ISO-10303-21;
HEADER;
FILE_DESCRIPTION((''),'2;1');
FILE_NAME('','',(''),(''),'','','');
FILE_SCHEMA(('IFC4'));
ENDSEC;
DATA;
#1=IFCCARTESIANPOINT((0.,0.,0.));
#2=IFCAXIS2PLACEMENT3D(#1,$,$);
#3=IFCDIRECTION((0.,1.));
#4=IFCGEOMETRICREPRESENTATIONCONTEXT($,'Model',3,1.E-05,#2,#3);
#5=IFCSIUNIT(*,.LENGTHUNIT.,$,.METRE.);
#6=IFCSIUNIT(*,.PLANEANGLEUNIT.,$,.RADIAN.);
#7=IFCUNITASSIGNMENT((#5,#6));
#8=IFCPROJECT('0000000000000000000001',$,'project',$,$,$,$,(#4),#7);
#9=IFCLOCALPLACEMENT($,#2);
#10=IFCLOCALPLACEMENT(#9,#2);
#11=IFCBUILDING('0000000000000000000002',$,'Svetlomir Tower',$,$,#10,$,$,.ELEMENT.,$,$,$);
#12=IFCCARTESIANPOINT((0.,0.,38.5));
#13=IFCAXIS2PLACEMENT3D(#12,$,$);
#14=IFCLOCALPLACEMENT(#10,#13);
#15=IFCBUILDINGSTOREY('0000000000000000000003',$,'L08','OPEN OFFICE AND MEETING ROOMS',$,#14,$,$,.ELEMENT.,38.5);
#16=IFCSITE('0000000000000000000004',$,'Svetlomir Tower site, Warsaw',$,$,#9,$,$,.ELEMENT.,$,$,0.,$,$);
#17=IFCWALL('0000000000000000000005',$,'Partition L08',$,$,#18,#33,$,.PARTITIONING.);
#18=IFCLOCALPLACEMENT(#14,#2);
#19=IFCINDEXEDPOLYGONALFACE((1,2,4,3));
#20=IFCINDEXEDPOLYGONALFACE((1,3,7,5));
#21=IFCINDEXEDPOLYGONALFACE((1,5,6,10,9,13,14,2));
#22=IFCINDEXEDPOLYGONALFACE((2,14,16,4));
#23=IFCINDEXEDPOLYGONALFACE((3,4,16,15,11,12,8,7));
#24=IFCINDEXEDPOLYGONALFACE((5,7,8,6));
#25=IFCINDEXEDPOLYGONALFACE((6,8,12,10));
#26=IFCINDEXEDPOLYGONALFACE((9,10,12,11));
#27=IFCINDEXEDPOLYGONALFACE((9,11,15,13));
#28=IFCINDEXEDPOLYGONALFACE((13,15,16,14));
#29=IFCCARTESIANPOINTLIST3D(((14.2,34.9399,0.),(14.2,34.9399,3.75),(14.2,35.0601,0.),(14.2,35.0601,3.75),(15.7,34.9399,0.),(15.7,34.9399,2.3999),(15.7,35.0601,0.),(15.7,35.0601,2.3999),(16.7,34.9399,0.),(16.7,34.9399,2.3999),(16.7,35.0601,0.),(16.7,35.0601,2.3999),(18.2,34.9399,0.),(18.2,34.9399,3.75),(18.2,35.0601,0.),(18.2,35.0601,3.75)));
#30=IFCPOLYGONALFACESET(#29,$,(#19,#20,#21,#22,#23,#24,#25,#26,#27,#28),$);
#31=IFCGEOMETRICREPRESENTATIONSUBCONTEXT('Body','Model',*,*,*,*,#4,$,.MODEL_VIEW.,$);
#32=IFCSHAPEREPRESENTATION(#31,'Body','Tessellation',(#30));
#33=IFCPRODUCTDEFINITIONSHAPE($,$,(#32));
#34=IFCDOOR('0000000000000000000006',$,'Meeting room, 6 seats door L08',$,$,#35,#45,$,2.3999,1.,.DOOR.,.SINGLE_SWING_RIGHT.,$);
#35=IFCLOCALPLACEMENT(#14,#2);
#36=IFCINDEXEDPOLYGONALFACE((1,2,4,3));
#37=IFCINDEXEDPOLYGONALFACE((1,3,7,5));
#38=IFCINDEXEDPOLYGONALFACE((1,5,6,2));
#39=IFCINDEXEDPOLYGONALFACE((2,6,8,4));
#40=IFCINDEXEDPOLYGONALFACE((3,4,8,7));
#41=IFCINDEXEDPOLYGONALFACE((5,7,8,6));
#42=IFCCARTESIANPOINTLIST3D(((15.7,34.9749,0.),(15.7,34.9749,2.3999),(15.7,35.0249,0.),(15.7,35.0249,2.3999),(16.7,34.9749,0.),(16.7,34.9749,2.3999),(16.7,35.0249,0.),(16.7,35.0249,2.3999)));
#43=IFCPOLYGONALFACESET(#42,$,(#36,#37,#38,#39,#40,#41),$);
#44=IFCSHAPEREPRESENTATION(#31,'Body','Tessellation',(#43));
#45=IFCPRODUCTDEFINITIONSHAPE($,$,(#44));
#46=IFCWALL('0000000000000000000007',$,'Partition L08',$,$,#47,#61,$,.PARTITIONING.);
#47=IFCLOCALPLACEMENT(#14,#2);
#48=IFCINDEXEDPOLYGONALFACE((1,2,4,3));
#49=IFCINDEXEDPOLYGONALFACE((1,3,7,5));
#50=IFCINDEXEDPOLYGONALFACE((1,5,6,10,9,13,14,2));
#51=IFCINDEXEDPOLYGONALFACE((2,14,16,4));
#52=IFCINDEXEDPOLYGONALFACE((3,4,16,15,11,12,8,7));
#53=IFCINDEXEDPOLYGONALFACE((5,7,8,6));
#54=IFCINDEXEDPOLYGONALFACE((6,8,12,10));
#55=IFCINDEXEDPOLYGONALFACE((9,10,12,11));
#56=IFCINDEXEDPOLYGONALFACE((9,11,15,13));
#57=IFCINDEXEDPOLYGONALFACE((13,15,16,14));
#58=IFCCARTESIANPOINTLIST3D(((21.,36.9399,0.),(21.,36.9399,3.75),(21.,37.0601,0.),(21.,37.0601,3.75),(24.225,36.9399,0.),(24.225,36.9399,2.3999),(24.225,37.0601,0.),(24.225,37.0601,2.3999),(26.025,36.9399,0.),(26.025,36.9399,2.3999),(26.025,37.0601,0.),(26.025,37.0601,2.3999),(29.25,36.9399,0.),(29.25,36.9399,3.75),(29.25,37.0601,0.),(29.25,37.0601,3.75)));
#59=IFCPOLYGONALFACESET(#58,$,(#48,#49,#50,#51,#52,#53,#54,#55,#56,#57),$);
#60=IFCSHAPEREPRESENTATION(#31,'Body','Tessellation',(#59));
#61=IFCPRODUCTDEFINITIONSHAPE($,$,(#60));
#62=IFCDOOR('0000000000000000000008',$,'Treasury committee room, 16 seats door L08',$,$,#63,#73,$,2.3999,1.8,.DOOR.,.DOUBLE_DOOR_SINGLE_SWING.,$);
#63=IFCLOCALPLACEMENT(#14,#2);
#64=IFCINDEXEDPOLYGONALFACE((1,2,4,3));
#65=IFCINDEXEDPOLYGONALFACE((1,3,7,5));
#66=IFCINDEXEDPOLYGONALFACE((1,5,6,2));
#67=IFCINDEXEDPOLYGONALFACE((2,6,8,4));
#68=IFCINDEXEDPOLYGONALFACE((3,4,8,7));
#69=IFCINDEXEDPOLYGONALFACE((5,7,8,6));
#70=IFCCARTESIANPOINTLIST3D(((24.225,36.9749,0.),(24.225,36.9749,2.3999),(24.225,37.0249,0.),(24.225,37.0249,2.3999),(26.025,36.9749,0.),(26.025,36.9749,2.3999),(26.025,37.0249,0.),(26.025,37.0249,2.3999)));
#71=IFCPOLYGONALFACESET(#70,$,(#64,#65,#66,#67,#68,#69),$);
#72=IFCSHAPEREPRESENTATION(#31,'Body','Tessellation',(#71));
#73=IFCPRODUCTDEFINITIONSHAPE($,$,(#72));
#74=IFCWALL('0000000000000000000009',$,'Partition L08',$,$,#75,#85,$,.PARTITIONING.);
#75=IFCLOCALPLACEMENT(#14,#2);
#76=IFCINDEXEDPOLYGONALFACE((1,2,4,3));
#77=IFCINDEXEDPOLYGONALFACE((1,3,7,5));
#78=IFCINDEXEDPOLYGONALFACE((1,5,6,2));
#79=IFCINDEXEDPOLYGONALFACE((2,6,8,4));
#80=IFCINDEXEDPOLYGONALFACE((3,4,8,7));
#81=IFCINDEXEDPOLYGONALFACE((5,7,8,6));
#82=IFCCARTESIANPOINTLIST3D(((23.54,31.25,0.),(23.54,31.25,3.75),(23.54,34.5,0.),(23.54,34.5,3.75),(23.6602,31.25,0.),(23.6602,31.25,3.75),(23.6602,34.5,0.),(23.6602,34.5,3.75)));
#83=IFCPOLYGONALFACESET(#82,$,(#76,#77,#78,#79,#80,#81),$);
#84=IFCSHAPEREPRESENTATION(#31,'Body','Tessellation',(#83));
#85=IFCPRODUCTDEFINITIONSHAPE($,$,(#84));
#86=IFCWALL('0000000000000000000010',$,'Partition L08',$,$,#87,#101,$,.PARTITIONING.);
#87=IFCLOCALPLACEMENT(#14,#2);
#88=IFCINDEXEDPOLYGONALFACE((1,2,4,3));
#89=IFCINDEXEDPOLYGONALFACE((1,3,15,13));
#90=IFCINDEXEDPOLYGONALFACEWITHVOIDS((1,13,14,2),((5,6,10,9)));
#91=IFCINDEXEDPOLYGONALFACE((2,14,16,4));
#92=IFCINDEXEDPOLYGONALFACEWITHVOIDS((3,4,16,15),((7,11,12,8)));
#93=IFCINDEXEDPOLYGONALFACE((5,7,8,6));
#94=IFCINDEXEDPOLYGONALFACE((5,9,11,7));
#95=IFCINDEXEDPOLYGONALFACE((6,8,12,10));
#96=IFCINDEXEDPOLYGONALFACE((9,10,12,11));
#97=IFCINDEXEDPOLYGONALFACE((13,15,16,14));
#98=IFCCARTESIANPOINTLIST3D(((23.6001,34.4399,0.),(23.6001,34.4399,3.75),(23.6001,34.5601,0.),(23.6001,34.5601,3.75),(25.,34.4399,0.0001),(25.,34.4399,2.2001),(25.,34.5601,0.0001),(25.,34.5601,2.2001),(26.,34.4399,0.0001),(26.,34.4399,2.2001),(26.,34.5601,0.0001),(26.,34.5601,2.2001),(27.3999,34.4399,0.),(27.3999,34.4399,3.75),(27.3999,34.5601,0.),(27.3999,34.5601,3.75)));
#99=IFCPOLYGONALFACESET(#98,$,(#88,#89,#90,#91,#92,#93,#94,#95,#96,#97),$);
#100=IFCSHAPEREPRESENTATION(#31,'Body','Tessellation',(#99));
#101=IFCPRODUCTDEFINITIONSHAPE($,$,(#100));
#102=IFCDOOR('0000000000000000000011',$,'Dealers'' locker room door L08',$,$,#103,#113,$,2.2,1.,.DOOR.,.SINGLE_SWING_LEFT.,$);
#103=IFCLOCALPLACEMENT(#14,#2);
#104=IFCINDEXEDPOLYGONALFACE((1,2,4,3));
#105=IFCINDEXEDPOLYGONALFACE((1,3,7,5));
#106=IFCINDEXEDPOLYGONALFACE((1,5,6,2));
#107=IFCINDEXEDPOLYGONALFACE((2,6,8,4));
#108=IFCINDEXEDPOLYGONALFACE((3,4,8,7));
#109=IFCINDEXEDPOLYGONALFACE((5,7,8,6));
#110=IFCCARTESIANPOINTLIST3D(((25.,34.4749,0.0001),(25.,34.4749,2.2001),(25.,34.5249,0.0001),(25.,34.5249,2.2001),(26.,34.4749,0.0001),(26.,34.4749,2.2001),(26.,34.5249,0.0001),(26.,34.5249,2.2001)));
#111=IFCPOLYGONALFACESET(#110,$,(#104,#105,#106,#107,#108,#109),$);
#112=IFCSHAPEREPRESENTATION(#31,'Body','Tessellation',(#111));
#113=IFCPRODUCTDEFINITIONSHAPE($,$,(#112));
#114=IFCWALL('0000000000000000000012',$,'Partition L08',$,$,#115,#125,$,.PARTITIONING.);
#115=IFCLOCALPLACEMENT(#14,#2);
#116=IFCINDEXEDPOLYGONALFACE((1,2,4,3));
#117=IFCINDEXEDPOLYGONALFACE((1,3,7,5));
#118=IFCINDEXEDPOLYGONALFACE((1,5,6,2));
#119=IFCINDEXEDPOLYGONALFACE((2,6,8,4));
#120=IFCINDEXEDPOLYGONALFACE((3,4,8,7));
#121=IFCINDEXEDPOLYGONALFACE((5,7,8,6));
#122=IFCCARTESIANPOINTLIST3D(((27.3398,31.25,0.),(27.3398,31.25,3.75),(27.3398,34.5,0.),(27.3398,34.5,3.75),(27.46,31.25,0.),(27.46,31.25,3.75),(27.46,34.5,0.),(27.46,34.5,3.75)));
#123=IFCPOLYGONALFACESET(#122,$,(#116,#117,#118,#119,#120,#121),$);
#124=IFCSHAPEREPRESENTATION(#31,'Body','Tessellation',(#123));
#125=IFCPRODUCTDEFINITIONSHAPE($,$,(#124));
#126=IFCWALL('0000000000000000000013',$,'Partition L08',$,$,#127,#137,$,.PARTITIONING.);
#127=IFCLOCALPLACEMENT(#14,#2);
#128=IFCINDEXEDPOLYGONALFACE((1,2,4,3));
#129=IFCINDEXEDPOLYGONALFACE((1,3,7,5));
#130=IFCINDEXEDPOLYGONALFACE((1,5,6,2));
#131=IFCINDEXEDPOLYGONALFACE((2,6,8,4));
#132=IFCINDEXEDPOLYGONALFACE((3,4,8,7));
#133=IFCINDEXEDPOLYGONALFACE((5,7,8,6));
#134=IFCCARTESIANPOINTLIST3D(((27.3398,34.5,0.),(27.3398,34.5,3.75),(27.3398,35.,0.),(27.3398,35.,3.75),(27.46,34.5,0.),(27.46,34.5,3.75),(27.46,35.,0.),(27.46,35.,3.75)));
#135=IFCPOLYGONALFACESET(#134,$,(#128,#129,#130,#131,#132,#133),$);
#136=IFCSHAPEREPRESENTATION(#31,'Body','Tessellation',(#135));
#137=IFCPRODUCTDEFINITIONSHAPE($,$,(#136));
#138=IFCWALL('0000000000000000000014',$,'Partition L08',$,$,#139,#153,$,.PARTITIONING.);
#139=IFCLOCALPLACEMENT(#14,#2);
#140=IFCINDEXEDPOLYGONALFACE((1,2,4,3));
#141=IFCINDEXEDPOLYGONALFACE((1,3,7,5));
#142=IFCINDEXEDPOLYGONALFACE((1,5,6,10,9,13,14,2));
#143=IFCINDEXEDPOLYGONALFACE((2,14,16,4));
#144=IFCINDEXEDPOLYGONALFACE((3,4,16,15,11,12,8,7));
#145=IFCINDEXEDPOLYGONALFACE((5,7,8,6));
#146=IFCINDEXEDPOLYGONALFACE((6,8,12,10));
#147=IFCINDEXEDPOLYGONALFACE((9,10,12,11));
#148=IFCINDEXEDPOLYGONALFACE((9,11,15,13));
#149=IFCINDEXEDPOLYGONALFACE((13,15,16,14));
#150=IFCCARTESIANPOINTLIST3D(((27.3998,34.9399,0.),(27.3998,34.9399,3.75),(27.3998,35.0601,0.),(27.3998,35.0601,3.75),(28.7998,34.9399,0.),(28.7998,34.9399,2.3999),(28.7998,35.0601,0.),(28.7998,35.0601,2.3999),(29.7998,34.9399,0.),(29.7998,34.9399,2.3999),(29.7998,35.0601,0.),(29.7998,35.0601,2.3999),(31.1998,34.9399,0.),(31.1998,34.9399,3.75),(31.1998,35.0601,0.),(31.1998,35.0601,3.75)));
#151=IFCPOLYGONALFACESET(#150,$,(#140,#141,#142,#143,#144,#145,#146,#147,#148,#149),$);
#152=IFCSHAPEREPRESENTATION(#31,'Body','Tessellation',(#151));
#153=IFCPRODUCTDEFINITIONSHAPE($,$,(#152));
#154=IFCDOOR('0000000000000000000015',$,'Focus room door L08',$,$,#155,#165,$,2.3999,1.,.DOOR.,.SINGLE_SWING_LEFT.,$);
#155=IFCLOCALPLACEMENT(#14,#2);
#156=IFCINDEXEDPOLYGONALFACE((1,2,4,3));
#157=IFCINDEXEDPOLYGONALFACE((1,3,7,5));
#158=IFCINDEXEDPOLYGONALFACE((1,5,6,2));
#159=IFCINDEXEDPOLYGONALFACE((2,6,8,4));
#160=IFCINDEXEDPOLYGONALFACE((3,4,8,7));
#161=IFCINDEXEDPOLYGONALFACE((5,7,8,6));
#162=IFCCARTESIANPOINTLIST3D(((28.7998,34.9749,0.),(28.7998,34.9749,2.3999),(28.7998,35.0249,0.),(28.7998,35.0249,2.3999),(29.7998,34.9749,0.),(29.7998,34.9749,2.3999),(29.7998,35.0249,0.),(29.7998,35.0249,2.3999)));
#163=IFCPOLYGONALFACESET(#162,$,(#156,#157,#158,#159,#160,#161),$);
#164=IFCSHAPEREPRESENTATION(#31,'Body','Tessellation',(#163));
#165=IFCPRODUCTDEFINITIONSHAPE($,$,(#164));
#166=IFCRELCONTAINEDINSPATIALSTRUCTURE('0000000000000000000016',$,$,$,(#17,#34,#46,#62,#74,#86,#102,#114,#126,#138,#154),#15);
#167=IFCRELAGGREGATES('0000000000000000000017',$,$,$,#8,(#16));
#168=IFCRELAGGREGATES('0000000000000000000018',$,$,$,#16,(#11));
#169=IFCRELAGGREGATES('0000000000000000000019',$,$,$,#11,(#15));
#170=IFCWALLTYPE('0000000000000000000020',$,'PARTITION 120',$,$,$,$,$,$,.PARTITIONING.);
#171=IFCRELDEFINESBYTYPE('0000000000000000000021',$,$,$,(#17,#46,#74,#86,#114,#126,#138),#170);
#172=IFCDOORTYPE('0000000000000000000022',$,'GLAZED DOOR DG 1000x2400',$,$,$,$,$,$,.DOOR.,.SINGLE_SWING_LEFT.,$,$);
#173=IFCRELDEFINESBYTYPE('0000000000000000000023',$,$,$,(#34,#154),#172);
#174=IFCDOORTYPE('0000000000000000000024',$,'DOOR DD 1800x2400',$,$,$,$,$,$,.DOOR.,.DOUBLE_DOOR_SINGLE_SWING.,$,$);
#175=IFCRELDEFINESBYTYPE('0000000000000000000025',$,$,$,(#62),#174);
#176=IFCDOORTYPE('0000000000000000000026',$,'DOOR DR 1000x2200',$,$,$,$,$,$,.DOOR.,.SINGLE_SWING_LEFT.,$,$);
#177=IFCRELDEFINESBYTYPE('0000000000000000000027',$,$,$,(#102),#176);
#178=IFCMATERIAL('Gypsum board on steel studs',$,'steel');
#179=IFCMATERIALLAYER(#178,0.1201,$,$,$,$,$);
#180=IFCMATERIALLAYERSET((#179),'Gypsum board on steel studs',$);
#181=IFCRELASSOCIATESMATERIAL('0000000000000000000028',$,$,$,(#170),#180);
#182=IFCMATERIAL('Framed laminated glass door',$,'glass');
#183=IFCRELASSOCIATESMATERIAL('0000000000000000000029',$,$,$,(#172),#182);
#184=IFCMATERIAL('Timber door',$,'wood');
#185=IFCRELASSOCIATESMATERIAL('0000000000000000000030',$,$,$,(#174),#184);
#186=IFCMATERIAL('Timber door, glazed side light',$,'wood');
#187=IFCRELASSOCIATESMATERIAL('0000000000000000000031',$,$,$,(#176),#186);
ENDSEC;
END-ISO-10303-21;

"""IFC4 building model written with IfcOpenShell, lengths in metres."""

from ifc_helpers import new_model, si_unit, direction, frame, frame_2d, origin, place, context, subcontext, project, spatial, rectangle, extrude, material, layer, layer_set, type_object, element, fill, save


model = new_model("IFC4")

# Units and contexts
model_context = context("Model", 3, precision=1e-05, world=origin(), true_north=direction((0.0, 1.0)))
body_context = subcontext(model_context, "Body", "Model", "MODEL_VIEW")
ifc_project = project(units=[si_unit("LENGTHUNIT", "METRE"), si_unit("PLANEANGLEUNIT", "RADIAN")], contexts=[model_context])

# Site, building, storey
site_placement = place(None, origin())
site = spatial("IfcSite", under=ifc_project, at=site_placement, Name="Svetlomir Tower site, Warsaw", CompositionType="ELEMENT", RefElevation=0.0)
building_placement = place(site_placement, origin())
building = spatial("IfcBuilding", under=site, at=building_placement, Name="Svetlomir Tower", CompositionType="ELEMENT")
storey_placement = place(building_placement, frame((0.0, 0.0, 38.5)))
storey = spatial("IfcBuildingStorey", under=building, at=storey_placement, Name="L08", Description="OPEN OFFICE AND MEETING ROOMS", CompositionType="ELEMENT", Elevation=38.5)

# Shared definitions
ifc_material_1 = material(Name="Gypsum board on steel studs", Category="steel")
ifc_layer_1 = layer(ifc_material_1, 0.1201)
ifc_layer_set_1 = layer_set([ifc_layer_1], Name="Gypsum board on steel studs")
wall_type_1 = type_object("IfcWallType", Name="PARTITION 120", PredefinedType="PARTITIONING", material=ifc_layer_set_1)

# Walls, openings, doors
wall_1_placement = place(storey_placement, frame((14.2, 35.0, 0.0), z_axis=(0.0, 0.0, 1.0), x_axis=(1.0, 0.0, 0.0)))
wall_1 = element("IfcWall", 1, at=wall_1_placement, inside=storey, type_object=wall_type_1, Name="Partition L08", PredefinedType="PARTITIONING", context=body_context, shape_type="SweptSolid", body=[
    extrude(rectangle(XDim=4.0, YDim=0.1201, at=frame_2d((2.0, 0.0))), origin(), (0.0, 0.0, 1.0), 3.75),
])
opening_1_placement = place(wall_1_placement, frame((1.5, 0.0, 0.0)))
opening_1 = element("IfcOpeningElement", 2, at=opening_1_placement, cuts=wall_1, PredefinedType="OPENING", context=body_context, shape_type="SweptSolid", body=[
    extrude(rectangle(XDim=1.0, YDim=2.3999, at=frame_2d((0.5, 1.2))), frame((0.0, 0.0701, 0.0), z_axis=(0.0, -1.0, 0.0), x_axis=(1.0, 0.0, 0.0)), (0.0, 0.0, 1.0), 0.1401),
])
ifc_material_2 = material(Name="Framed laminated glass door", Category="glass")
door_type_1 = type_object("IfcDoorType", Name="GLAZED DOOR DG 1000x2400", OperationType="SINGLE_SWING_LEFT", PredefinedType="DOOR", material=ifc_material_2)
door_1_placement = place(opening_1_placement, origin())
door_1 = element("IfcDoor", 3, at=door_1_placement, inside=storey, type_object=door_type_1, Name="Meeting room, 6 seats door L08", OperationType="SINGLE_SWING_RIGHT", OverallHeight=2.3999, OverallWidth=1.0, PredefinedType="DOOR", context=body_context, shape_type="SweptSolid", body=[
    extrude(rectangle(XDim=1.0, YDim=2.3999, at=frame_2d((0.5, 1.2))), frame((0.0, 0.0249, 0.0), z_axis=(0.0, -1.0, 0.0), x_axis=(1.0, 0.0, 0.0)), (0.0, 0.0, 1.0), 0.05),
])
fill(opening_1, door_1)
wall_2_placement = place(storey_placement, frame((21.0, 37.0, 0.0), z_axis=(0.0, 0.0, 1.0), x_axis=(1.0, 0.0, 0.0)))
wall_2 = element("IfcWall", 4, at=wall_2_placement, inside=storey, type_object=wall_type_1, Name="Partition L08", PredefinedType="PARTITIONING", context=body_context, shape_type="SweptSolid", body=[
    extrude(rectangle(XDim=8.25, YDim=0.1201, at=frame_2d((4.125, 0.0))), origin(), (0.0, 0.0, 1.0), 3.75),
])
opening_2_placement = place(wall_2_placement, frame((3.2251, 0.0, 0.0)))
opening_2 = element("IfcOpeningElement", 5, at=opening_2_placement, cuts=wall_2, PredefinedType="OPENING", context=body_context, shape_type="SweptSolid", body=[
    extrude(rectangle(XDim=1.8, YDim=2.3999, at=frame_2d((0.8999, 1.2))), frame((0.0, 0.0701, 0.0), z_axis=(0.0, -1.0, 0.0), x_axis=(1.0, 0.0, 0.0)), (0.0, 0.0, 1.0), 0.1401),
])
ifc_material_3 = material(Name="Timber door", Category="wood")
door_type_2 = type_object("IfcDoorType", Name="DOOR DD 1800x2400", OperationType="DOUBLE_DOOR_SINGLE_SWING", PredefinedType="DOOR", material=ifc_material_3)
door_2_placement = place(opening_2_placement, origin())
door_2 = element("IfcDoor", 6, at=door_2_placement, inside=storey, type_object=door_type_2, Name="Treasury committee room, 16 seats door L08", OperationType="DOUBLE_DOOR_SINGLE_SWING", OverallHeight=2.3999, OverallWidth=1.8, PredefinedType="DOOR", context=body_context, shape_type="SweptSolid", body=[
    extrude(rectangle(XDim=1.8, YDim=2.3999, at=frame_2d((0.8999, 1.2))), frame((0.0, 0.0249, 0.0), z_axis=(0.0, -1.0, 0.0), x_axis=(1.0, 0.0, 0.0)), (0.0, 0.0, 1.0), 0.05),
])
fill(opening_2, door_2)

# Wall
wall_3_placement = place(storey_placement, frame((23.6001, 31.25, 0.0), z_axis=(0.0, 0.0, 1.0), x_axis=(0.0, 1.0, 0.0)))
element("IfcWall", 7, at=wall_3_placement, inside=storey, type_object=wall_type_1, Name="Partition L08", PredefinedType="PARTITIONING", context=body_context, shape_type="SweptSolid", body=[
    extrude(rectangle(XDim=3.25, YDim=0.1201, at=frame_2d((1.625, 0.0))), origin(), (0.0, 0.0, 1.0), 3.75),
])

# Wall, opening, door
wall_4_placement = place(storey_placement, frame((23.6001, 34.5, 0.0), z_axis=(0.0, 0.0, 1.0), x_axis=(1.0, 0.0, 0.0)))
wall_4 = element("IfcWall", 8, at=wall_4_placement, inside=storey, type_object=wall_type_1, Name="Partition L08", PredefinedType="PARTITIONING", context=body_context, shape_type="SweptSolid", body=[
    extrude(rectangle(XDim=3.7998, YDim=0.1201, at=frame_2d((1.8999, 0.0))), origin(), (0.0, 0.0, 1.0), 3.75),
])
opening_3_placement = place(wall_4_placement, frame((1.3999, 0.0, 0.0)))
opening_3 = element("IfcOpeningElement", 9, at=opening_3_placement, cuts=wall_4, PredefinedType="OPENING", context=body_context, shape_type="SweptSolid", body=[
    extrude(rectangle(XDim=1.0, YDim=2.2, at=frame_2d((0.5, 1.1001))), frame((0.0, 0.0701, 0.0), z_axis=(0.0, -1.0, 0.0), x_axis=(1.0, 0.0, 0.0)), (0.0, 0.0, 1.0), 0.1401),
])
ifc_material_4 = material(Name="Timber door, glazed side light", Category="wood")
door_type_3 = type_object("IfcDoorType", Name="DOOR DR 1000x2200", OperationType="SINGLE_SWING_LEFT", PredefinedType="DOOR", material=ifc_material_4)
door_3_placement = place(opening_3_placement, origin())
door_3 = element("IfcDoor", 10, at=door_3_placement, inside=storey, type_object=door_type_3, Name="Dealers' locker room door L08", OperationType="SINGLE_SWING_LEFT", OverallHeight=2.2, OverallWidth=1.0, PredefinedType="DOOR", context=body_context, shape_type="SweptSolid", body=[
    extrude(rectangle(XDim=1.0, YDim=2.2, at=frame_2d((0.5, 1.1001))), frame((0.0, 0.0249, 0.0), z_axis=(0.0, -1.0, 0.0), x_axis=(1.0, 0.0, 0.0)), (0.0, 0.0, 1.0), 0.05),
])
fill(opening_3, door_3)

# Walls
wall_5_placement = place(storey_placement, frame((27.3999, 31.25, 0.0), z_axis=(0.0, 0.0, 1.0), x_axis=(0.0, 1.0, 0.0)))
element("IfcWall", 11, at=wall_5_placement, inside=storey, type_object=wall_type_1, Name="Partition L08", PredefinedType="PARTITIONING", context=body_context, shape_type="SweptSolid", body=[
    extrude(rectangle(XDim=3.25, YDim=0.1201, at=frame_2d((1.625, 0.0))), origin(), (0.0, 0.0, 1.0), 3.75),
])
wall_6_placement = place(storey_placement, frame((27.3999, 34.5, 0.0), z_axis=(0.0, 0.0, 1.0), x_axis=(0.0, 1.0, 0.0)))
element("IfcWall", 12, at=wall_6_placement, inside=storey, type_object=wall_type_1, Name="Partition L08", PredefinedType="PARTITIONING", context=body_context, shape_type="SweptSolid", body=[
    extrude(rectangle(XDim=0.5, YDim=0.1201, at=frame_2d((0.25, 0.0))), origin(), (0.0, 0.0, 1.0), 3.75),
])

# Wall, opening, door
wall_7_placement = place(storey_placement, frame((27.3999, 35.0, 0.0), z_axis=(0.0, 0.0, 1.0), x_axis=(1.0, 0.0, 0.0)))
wall_7 = element("IfcWall", 13, at=wall_7_placement, inside=storey, type_object=wall_type_1, Name="Partition L08", PredefinedType="PARTITIONING", context=body_context, shape_type="SweptSolid", body=[
    extrude(rectangle(XDim=3.8, YDim=0.1201, at=frame_2d((1.8999, 0.0))), origin(), (0.0, 0.0, 1.0), 3.75),
])
opening_4_placement = place(wall_7_placement, frame((1.3999, 0.0, 0.0)))
opening_4 = element("IfcOpeningElement", 14, at=opening_4_placement, cuts=wall_7, PredefinedType="OPENING", context=body_context, shape_type="SweptSolid", body=[
    extrude(rectangle(XDim=1.0, YDim=2.3999, at=frame_2d((0.5, 1.2))), frame((0.0, 0.0701, 0.0), z_axis=(0.0, -1.0, 0.0), x_axis=(1.0, 0.0, 0.0)), (0.0, 0.0, 1.0), 0.1401),
])
door_4_placement = place(opening_4_placement, origin())
door_4 = element("IfcDoor", 15, at=door_4_placement, inside=storey, type_object=door_type_1, Name="Focus room door L08", OperationType="SINGLE_SWING_LEFT", OverallHeight=2.3999, OverallWidth=1.0, PredefinedType="DOOR", context=body_context, shape_type="SweptSolid", body=[
    extrude(rectangle(XDim=1.0, YDim=2.3999, at=frame_2d((0.5, 1.2))), frame((0.0, 0.0249, 0.0), z_axis=(0.0, -1.0, 0.0), x_axis=(1.0, 0.0, 0.0)), (0.0, 0.0, 1.0), 0.05),
])
fill(opening_4, door_4)

save(model, "model.ifc")
